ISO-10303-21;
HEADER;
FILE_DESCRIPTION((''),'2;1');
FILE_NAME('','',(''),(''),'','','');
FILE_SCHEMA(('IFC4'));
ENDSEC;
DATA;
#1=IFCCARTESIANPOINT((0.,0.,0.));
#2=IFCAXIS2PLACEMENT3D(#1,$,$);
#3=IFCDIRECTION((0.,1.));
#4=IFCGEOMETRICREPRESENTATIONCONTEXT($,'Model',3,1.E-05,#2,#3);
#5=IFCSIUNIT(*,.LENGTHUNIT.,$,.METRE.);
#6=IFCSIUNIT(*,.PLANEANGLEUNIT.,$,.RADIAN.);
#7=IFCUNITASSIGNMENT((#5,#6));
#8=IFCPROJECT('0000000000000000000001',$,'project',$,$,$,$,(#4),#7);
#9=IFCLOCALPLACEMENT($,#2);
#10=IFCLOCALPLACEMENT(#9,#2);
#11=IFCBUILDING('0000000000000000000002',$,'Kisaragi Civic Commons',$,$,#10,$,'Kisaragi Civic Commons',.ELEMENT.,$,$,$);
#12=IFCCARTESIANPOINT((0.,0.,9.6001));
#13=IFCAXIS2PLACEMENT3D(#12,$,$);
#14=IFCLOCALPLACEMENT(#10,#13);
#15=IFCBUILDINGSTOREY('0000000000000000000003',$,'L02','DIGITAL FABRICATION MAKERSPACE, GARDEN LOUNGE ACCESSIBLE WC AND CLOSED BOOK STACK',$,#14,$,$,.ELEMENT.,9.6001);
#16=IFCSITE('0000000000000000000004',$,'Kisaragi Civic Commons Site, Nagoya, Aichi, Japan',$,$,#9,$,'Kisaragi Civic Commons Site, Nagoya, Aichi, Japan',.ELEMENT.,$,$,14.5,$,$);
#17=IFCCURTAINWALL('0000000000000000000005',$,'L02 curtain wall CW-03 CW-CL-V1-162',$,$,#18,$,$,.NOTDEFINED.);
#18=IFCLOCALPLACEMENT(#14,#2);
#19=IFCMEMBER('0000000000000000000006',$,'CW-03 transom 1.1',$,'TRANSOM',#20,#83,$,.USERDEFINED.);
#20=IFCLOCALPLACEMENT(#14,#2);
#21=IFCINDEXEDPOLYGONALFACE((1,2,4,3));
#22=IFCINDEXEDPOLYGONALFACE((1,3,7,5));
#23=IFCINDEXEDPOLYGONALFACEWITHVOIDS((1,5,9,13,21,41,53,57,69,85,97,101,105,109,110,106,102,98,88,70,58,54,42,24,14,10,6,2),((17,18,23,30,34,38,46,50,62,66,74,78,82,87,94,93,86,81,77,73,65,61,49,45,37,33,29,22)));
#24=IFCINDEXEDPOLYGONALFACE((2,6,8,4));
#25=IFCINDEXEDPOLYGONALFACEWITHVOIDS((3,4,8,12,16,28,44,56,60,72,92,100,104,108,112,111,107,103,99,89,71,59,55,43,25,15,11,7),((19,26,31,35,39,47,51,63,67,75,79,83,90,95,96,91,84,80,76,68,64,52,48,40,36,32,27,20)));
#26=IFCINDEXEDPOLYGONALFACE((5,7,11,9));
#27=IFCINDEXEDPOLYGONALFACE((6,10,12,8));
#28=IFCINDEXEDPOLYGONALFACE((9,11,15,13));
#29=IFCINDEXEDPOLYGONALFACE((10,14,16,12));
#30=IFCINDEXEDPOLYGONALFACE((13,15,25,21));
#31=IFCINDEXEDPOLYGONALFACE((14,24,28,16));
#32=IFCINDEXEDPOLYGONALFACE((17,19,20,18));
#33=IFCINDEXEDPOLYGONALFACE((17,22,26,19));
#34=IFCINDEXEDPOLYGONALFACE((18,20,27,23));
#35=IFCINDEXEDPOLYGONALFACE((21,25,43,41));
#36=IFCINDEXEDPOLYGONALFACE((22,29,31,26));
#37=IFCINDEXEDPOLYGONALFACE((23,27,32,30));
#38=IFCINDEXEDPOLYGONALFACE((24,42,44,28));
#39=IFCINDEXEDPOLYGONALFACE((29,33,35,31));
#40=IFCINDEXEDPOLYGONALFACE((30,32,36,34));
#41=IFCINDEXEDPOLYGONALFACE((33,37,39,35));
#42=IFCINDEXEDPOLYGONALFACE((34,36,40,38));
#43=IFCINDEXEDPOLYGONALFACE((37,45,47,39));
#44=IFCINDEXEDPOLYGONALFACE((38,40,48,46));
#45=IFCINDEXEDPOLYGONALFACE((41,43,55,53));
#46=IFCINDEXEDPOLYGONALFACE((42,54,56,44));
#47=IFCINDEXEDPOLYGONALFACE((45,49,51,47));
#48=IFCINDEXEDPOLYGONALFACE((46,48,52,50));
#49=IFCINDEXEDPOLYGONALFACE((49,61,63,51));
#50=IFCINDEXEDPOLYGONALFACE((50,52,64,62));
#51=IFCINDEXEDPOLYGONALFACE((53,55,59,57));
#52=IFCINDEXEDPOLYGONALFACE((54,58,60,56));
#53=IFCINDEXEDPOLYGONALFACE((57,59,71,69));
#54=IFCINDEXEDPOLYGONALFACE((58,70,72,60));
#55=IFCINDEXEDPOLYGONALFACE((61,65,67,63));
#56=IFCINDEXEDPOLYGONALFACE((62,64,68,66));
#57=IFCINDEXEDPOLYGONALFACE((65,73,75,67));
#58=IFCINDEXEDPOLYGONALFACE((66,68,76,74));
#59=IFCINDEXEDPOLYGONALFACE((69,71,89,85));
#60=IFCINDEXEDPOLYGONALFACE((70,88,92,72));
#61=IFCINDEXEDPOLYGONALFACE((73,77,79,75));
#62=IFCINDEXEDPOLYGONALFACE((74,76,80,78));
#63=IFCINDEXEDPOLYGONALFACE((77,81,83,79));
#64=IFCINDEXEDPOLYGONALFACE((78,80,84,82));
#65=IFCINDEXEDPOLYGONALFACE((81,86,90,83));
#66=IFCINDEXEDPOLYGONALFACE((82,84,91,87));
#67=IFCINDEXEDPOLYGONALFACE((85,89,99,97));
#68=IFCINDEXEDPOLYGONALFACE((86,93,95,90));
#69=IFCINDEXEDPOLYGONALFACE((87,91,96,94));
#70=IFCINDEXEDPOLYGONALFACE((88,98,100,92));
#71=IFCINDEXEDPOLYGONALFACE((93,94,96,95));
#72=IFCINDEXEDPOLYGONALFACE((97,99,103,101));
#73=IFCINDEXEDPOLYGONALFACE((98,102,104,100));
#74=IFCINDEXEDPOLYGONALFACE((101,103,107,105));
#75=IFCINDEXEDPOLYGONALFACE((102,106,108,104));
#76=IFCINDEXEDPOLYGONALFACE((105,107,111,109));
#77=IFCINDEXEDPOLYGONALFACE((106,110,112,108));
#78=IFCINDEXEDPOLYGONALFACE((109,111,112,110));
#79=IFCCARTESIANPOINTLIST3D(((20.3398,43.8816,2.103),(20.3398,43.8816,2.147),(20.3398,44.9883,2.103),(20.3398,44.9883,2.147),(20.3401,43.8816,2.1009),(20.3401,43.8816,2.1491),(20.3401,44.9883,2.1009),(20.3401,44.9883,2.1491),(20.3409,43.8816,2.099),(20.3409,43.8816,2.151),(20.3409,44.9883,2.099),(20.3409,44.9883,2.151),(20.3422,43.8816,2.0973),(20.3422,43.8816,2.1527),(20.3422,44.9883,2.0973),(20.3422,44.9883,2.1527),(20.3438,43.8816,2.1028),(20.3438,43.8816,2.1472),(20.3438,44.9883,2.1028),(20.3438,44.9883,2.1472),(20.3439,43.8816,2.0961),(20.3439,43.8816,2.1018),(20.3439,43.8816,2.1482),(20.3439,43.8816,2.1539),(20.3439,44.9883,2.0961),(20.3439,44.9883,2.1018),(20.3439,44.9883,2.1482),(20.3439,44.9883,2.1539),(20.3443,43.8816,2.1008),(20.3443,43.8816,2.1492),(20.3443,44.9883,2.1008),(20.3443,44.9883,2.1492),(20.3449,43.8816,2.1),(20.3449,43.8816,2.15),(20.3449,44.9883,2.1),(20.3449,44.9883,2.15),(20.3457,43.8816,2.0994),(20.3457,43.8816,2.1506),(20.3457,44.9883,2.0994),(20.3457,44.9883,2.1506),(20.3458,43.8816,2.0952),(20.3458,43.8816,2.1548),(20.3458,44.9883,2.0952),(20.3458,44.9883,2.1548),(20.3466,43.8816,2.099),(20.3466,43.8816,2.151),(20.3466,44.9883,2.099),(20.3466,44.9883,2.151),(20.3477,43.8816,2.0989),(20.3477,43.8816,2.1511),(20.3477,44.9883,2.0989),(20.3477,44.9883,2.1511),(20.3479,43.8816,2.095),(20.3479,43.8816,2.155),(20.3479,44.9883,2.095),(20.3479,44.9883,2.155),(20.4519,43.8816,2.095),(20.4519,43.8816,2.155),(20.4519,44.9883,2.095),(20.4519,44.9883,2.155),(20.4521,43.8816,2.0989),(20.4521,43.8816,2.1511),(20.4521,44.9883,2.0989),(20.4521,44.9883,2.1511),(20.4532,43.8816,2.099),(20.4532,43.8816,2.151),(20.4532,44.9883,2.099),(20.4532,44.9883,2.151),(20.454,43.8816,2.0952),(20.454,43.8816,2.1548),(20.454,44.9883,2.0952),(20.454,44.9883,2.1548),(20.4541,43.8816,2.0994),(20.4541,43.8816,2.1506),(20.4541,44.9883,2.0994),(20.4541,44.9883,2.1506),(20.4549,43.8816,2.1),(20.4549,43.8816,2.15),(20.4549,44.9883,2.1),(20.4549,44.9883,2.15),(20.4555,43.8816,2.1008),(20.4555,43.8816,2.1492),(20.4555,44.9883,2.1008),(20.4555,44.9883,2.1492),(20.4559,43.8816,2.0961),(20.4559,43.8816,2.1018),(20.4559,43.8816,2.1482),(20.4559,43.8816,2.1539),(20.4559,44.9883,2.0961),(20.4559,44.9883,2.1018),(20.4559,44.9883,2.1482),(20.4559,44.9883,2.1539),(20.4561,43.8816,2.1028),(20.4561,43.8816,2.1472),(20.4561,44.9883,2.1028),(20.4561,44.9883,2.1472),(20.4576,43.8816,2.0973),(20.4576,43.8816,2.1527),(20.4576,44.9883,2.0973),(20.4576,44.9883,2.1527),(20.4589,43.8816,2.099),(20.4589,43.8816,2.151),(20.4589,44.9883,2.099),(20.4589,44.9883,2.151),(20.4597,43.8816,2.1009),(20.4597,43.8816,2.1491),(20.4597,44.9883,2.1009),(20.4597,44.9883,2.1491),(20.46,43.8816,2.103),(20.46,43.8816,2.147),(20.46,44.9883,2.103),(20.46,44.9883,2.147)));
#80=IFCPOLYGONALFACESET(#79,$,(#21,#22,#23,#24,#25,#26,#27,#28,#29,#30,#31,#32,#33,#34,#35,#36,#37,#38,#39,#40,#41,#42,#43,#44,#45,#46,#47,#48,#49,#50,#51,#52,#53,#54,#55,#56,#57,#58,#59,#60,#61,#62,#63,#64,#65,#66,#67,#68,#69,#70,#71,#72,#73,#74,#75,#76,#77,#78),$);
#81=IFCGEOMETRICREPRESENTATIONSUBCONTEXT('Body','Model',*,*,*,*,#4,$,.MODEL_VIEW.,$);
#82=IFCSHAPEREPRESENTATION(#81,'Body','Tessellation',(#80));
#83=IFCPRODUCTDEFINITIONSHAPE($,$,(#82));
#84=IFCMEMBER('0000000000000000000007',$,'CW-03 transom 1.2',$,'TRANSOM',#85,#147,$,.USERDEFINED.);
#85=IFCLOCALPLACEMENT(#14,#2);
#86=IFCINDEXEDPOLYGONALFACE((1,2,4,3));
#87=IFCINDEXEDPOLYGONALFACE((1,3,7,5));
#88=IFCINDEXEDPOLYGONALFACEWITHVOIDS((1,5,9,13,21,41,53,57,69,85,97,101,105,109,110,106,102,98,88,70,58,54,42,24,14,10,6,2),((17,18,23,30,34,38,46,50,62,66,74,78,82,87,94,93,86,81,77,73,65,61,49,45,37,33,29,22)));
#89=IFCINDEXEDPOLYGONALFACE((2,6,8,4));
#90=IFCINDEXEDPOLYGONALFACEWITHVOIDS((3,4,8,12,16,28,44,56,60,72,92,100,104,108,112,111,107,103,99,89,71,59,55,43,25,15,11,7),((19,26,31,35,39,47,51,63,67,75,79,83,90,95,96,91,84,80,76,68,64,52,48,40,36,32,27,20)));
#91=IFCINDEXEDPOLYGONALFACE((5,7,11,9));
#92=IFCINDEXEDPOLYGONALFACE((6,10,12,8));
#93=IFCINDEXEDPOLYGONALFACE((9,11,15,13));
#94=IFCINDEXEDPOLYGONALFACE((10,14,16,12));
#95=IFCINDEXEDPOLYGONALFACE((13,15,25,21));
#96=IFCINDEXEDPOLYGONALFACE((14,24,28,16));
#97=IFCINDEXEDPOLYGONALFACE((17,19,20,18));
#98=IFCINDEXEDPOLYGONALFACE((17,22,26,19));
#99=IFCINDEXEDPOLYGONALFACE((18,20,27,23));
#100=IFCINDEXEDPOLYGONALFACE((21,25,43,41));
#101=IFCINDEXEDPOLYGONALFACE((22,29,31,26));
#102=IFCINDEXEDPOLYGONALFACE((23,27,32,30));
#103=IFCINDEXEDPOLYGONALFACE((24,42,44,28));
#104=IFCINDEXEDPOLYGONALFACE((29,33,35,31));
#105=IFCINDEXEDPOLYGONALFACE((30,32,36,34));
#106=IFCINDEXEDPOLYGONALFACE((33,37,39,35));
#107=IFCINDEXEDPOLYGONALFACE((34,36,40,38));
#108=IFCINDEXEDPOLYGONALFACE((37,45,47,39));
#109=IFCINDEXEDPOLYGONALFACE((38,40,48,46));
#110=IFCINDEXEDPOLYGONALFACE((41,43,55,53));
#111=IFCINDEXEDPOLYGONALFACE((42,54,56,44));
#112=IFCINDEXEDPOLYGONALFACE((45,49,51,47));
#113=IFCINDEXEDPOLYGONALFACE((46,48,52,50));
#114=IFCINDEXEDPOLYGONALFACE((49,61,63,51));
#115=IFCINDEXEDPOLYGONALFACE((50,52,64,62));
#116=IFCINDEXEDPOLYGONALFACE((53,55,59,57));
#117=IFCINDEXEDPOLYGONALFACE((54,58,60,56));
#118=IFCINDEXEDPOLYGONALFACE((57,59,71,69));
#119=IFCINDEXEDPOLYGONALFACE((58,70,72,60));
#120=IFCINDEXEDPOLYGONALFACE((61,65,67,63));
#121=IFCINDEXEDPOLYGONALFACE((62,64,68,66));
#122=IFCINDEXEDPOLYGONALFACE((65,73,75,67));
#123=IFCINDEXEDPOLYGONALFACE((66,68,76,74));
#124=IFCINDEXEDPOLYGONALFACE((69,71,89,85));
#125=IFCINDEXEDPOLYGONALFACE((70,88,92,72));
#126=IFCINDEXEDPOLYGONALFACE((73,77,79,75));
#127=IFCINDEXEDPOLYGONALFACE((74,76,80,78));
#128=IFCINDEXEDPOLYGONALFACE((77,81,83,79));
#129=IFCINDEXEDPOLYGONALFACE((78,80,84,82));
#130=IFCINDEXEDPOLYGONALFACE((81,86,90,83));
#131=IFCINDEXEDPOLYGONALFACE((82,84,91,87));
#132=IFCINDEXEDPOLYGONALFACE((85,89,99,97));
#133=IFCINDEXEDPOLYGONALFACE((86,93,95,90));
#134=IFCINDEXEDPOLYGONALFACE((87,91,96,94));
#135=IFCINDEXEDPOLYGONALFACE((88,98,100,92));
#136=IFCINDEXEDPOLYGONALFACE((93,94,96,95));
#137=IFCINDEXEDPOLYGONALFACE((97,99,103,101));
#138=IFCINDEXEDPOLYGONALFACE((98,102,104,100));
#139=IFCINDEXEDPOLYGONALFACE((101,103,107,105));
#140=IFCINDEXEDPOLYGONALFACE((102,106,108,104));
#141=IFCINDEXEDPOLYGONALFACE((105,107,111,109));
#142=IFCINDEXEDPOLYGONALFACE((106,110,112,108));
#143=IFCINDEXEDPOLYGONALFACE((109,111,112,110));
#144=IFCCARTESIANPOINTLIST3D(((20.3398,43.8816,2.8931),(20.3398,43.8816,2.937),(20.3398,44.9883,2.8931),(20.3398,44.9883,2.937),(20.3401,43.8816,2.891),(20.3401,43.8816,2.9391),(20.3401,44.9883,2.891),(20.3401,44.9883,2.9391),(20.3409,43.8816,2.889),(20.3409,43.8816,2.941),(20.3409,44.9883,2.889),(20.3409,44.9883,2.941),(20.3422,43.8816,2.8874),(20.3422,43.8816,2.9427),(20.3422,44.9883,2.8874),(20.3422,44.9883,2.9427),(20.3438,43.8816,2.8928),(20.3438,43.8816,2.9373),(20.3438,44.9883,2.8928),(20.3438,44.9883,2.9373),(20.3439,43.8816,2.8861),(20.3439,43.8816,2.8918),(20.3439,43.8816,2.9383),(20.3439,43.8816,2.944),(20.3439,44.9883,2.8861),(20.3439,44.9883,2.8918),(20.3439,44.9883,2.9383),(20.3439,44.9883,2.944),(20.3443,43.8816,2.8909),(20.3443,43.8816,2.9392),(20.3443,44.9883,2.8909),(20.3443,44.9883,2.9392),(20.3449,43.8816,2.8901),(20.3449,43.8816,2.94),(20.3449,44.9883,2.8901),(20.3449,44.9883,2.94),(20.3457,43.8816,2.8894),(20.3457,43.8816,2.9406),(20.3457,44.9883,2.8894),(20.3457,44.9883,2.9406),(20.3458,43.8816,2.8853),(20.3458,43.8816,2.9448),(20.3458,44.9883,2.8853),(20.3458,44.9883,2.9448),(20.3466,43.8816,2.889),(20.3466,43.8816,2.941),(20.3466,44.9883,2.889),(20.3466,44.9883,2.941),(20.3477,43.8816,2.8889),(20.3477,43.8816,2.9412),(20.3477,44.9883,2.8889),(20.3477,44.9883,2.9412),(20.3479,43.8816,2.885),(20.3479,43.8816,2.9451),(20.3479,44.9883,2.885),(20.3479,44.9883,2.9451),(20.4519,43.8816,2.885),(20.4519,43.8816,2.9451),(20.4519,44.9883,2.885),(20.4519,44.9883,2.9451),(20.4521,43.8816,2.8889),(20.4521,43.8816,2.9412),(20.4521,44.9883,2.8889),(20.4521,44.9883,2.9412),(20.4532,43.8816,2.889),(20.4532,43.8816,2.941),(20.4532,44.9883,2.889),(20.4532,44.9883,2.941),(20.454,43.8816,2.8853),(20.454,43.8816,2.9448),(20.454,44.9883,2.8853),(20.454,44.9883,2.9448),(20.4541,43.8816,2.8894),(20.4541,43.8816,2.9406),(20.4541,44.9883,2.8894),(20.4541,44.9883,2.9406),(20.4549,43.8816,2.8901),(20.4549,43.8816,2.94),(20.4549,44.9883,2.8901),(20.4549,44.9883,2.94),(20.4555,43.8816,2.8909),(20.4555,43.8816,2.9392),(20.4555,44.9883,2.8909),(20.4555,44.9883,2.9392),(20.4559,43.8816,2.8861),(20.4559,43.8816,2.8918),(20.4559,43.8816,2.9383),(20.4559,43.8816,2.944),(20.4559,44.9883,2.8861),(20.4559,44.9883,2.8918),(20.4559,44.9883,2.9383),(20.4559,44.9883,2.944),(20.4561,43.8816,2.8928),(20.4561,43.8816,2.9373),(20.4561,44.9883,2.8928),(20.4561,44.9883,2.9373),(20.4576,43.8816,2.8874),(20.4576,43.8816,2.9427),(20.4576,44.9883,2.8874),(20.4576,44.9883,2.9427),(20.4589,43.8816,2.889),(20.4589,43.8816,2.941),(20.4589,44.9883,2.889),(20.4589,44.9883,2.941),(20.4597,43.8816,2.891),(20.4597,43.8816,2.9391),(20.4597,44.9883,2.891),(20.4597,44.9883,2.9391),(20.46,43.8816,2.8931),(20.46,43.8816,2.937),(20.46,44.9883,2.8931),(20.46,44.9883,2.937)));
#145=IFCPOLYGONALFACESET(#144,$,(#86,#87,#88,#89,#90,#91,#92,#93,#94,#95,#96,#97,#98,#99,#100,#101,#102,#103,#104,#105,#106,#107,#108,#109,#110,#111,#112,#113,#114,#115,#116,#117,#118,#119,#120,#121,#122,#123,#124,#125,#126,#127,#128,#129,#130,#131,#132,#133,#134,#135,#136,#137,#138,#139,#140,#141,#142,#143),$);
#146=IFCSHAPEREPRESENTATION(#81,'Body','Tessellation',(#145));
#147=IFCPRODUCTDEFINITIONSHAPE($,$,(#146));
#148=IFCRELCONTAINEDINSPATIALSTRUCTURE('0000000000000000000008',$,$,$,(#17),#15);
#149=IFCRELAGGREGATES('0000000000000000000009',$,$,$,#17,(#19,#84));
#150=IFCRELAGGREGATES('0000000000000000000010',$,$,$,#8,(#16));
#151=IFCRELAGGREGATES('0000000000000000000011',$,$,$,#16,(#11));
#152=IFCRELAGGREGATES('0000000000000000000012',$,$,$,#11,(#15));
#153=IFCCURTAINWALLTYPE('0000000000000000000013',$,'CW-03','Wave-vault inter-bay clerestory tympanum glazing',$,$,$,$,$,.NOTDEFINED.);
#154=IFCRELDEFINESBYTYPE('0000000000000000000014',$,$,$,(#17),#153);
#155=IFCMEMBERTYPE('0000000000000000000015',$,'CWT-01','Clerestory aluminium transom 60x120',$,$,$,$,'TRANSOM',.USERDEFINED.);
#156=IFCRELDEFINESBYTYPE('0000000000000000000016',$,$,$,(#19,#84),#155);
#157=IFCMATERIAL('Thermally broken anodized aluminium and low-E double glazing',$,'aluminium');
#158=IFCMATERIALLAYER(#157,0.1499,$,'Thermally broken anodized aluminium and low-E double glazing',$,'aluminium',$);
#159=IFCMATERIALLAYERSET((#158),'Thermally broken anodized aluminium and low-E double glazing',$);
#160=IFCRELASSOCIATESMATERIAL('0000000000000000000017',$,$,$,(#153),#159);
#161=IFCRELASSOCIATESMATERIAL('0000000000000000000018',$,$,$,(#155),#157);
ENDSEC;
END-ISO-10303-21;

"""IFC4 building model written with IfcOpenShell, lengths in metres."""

from ifc_helpers import new_model, si_unit, direction, frame, origin, origin_2d, place, context, subcontext, project, spatial, hollow_rectangle, extrude, material, layer, layer_set, material_profile, profile_set, type_object, element, aggregate, save


model = new_model("IFC4")

# Units and contexts
model_context = context("Model", 3, precision=1e-05, world=origin(), true_north=direction((0.0, 1.0)))
body_context = subcontext(model_context, "Body", "Model", "MODEL_VIEW")
ifc_project = project(units=[si_unit("LENGTHUNIT", "METRE"), si_unit("PLANEANGLEUNIT", "RADIAN")], contexts=[model_context])

# Site, building, storey
site_placement = place(None, origin())
site = spatial("IfcSite", under=ifc_project, at=site_placement, Name="Kisaragi Civic Commons Site, Nagoya, Aichi, Japan", LongName="Kisaragi Civic Commons Site, Nagoya, Aichi, Japan", CompositionType="ELEMENT", RefElevation=14.5)
building_placement = place(site_placement, origin())
building = spatial("IfcBuilding", under=site, at=building_placement, Name="Kisaragi Civic Commons", LongName="Kisaragi Civic Commons", CompositionType="ELEMENT")
storey_placement = place(building_placement, frame((0.0, 0.0, 9.6001)))
storey = spatial("IfcBuildingStorey", under=building, at=storey_placement, Name="L02", Description="DIGITAL FABRICATION MAKERSPACE, GARDEN LOUNGE ACCESSIBLE WC AND CLOSED BOOK STACK", CompositionType="ELEMENT", Elevation=9.6001)

# Curtain wall, members
ifc_material_1 = material(Name="Thermally broken anodized aluminium and low-E double glazing", Category="aluminium")
ifc_layer_1 = layer(ifc_material_1, 0.1499, Name="Thermally broken anodized aluminium and low-E double glazing", Category="aluminium")
ifc_layer_set_1 = layer_set([ifc_layer_1], Name="Thermally broken anodized aluminium and low-E double glazing")
curtain_wall_type = type_object("IfcCurtainWallType", Name="CW-03", Description="Wave-vault inter-bay clerestory tympanum glazing", PredefinedType="NOTDEFINED", material=ifc_layer_set_1)
curtain_wall_placement = place(storey_placement, origin())
curtain_wall = element("IfcCurtainWall", 1, at=curtain_wall_placement, inside=storey, type_object=curtain_wall_type, Name="L02 curtain wall CW-03 CW-CL-V1-162", PredefinedType="NOTDEFINED")
ifc_material_profile_1 = material_profile(ifc_material_1, hollow_rectangle(XDim=0.1201, YDim=0.0601, WallThickness=0.0039, InnerFilletRadius=0.0039, OuterFilletRadius=0.0081, at=origin_2d()), Name="CWT-60x120x4", Category="aluminium")
ifc_profile_set_1 = profile_set([ifc_material_profile_1], Name="Thermally broken anodized aluminium and low-E double glazing")
member_type_1 = type_object("IfcMemberType", Name="CWT-01", Description="Clerestory aluminium transom 60x120", ElementType="TRANSOM", PredefinedType="USERDEFINED", material=ifc_profile_set_1)
member_1_placement = place(storey_placement, frame((20.3999, 43.8816, 2.125), z_axis=(0.0, 1.0, 0.0), x_axis=(-1.0, 0.0, 0.0)))
member_1 = element("IfcMember", 2, at=member_1_placement, type_object=member_type_1, Name="CW-03 transom 1.1", ObjectType="TRANSOM", PredefinedType="USERDEFINED", context=body_context, shape_type="SweptSolid", body=[
    extrude(hollow_rectangle(XDim=0.1201, YDim=0.0601, WallThickness=0.0039, InnerFilletRadius=0.0039, OuterFilletRadius=0.0081, at=origin_2d()), origin(), (0.0, 0.0, 1.0), 1.1067),
])
member_2_placement = place(storey_placement, frame((20.3999, 43.8816, 2.915), z_axis=(0.0, 1.0, 0.0), x_axis=(-1.0, 0.0, 0.0)))
member_2 = element("IfcMember", 3, at=member_2_placement, type_object=member_type_1, Name="CW-03 transom 1.2", ObjectType="TRANSOM", PredefinedType="USERDEFINED", context=body_context, shape_type="SweptSolid", body=[
    extrude(hollow_rectangle(XDim=0.1201, YDim=0.0601, WallThickness=0.0039, InnerFilletRadius=0.0039, OuterFilletRadius=0.0081, at=origin_2d()), origin(), (0.0, 0.0, 1.0), 1.1067),
])

aggregate(curtain_wall, [member_1, member_2])

save(model, "model.ifc")
